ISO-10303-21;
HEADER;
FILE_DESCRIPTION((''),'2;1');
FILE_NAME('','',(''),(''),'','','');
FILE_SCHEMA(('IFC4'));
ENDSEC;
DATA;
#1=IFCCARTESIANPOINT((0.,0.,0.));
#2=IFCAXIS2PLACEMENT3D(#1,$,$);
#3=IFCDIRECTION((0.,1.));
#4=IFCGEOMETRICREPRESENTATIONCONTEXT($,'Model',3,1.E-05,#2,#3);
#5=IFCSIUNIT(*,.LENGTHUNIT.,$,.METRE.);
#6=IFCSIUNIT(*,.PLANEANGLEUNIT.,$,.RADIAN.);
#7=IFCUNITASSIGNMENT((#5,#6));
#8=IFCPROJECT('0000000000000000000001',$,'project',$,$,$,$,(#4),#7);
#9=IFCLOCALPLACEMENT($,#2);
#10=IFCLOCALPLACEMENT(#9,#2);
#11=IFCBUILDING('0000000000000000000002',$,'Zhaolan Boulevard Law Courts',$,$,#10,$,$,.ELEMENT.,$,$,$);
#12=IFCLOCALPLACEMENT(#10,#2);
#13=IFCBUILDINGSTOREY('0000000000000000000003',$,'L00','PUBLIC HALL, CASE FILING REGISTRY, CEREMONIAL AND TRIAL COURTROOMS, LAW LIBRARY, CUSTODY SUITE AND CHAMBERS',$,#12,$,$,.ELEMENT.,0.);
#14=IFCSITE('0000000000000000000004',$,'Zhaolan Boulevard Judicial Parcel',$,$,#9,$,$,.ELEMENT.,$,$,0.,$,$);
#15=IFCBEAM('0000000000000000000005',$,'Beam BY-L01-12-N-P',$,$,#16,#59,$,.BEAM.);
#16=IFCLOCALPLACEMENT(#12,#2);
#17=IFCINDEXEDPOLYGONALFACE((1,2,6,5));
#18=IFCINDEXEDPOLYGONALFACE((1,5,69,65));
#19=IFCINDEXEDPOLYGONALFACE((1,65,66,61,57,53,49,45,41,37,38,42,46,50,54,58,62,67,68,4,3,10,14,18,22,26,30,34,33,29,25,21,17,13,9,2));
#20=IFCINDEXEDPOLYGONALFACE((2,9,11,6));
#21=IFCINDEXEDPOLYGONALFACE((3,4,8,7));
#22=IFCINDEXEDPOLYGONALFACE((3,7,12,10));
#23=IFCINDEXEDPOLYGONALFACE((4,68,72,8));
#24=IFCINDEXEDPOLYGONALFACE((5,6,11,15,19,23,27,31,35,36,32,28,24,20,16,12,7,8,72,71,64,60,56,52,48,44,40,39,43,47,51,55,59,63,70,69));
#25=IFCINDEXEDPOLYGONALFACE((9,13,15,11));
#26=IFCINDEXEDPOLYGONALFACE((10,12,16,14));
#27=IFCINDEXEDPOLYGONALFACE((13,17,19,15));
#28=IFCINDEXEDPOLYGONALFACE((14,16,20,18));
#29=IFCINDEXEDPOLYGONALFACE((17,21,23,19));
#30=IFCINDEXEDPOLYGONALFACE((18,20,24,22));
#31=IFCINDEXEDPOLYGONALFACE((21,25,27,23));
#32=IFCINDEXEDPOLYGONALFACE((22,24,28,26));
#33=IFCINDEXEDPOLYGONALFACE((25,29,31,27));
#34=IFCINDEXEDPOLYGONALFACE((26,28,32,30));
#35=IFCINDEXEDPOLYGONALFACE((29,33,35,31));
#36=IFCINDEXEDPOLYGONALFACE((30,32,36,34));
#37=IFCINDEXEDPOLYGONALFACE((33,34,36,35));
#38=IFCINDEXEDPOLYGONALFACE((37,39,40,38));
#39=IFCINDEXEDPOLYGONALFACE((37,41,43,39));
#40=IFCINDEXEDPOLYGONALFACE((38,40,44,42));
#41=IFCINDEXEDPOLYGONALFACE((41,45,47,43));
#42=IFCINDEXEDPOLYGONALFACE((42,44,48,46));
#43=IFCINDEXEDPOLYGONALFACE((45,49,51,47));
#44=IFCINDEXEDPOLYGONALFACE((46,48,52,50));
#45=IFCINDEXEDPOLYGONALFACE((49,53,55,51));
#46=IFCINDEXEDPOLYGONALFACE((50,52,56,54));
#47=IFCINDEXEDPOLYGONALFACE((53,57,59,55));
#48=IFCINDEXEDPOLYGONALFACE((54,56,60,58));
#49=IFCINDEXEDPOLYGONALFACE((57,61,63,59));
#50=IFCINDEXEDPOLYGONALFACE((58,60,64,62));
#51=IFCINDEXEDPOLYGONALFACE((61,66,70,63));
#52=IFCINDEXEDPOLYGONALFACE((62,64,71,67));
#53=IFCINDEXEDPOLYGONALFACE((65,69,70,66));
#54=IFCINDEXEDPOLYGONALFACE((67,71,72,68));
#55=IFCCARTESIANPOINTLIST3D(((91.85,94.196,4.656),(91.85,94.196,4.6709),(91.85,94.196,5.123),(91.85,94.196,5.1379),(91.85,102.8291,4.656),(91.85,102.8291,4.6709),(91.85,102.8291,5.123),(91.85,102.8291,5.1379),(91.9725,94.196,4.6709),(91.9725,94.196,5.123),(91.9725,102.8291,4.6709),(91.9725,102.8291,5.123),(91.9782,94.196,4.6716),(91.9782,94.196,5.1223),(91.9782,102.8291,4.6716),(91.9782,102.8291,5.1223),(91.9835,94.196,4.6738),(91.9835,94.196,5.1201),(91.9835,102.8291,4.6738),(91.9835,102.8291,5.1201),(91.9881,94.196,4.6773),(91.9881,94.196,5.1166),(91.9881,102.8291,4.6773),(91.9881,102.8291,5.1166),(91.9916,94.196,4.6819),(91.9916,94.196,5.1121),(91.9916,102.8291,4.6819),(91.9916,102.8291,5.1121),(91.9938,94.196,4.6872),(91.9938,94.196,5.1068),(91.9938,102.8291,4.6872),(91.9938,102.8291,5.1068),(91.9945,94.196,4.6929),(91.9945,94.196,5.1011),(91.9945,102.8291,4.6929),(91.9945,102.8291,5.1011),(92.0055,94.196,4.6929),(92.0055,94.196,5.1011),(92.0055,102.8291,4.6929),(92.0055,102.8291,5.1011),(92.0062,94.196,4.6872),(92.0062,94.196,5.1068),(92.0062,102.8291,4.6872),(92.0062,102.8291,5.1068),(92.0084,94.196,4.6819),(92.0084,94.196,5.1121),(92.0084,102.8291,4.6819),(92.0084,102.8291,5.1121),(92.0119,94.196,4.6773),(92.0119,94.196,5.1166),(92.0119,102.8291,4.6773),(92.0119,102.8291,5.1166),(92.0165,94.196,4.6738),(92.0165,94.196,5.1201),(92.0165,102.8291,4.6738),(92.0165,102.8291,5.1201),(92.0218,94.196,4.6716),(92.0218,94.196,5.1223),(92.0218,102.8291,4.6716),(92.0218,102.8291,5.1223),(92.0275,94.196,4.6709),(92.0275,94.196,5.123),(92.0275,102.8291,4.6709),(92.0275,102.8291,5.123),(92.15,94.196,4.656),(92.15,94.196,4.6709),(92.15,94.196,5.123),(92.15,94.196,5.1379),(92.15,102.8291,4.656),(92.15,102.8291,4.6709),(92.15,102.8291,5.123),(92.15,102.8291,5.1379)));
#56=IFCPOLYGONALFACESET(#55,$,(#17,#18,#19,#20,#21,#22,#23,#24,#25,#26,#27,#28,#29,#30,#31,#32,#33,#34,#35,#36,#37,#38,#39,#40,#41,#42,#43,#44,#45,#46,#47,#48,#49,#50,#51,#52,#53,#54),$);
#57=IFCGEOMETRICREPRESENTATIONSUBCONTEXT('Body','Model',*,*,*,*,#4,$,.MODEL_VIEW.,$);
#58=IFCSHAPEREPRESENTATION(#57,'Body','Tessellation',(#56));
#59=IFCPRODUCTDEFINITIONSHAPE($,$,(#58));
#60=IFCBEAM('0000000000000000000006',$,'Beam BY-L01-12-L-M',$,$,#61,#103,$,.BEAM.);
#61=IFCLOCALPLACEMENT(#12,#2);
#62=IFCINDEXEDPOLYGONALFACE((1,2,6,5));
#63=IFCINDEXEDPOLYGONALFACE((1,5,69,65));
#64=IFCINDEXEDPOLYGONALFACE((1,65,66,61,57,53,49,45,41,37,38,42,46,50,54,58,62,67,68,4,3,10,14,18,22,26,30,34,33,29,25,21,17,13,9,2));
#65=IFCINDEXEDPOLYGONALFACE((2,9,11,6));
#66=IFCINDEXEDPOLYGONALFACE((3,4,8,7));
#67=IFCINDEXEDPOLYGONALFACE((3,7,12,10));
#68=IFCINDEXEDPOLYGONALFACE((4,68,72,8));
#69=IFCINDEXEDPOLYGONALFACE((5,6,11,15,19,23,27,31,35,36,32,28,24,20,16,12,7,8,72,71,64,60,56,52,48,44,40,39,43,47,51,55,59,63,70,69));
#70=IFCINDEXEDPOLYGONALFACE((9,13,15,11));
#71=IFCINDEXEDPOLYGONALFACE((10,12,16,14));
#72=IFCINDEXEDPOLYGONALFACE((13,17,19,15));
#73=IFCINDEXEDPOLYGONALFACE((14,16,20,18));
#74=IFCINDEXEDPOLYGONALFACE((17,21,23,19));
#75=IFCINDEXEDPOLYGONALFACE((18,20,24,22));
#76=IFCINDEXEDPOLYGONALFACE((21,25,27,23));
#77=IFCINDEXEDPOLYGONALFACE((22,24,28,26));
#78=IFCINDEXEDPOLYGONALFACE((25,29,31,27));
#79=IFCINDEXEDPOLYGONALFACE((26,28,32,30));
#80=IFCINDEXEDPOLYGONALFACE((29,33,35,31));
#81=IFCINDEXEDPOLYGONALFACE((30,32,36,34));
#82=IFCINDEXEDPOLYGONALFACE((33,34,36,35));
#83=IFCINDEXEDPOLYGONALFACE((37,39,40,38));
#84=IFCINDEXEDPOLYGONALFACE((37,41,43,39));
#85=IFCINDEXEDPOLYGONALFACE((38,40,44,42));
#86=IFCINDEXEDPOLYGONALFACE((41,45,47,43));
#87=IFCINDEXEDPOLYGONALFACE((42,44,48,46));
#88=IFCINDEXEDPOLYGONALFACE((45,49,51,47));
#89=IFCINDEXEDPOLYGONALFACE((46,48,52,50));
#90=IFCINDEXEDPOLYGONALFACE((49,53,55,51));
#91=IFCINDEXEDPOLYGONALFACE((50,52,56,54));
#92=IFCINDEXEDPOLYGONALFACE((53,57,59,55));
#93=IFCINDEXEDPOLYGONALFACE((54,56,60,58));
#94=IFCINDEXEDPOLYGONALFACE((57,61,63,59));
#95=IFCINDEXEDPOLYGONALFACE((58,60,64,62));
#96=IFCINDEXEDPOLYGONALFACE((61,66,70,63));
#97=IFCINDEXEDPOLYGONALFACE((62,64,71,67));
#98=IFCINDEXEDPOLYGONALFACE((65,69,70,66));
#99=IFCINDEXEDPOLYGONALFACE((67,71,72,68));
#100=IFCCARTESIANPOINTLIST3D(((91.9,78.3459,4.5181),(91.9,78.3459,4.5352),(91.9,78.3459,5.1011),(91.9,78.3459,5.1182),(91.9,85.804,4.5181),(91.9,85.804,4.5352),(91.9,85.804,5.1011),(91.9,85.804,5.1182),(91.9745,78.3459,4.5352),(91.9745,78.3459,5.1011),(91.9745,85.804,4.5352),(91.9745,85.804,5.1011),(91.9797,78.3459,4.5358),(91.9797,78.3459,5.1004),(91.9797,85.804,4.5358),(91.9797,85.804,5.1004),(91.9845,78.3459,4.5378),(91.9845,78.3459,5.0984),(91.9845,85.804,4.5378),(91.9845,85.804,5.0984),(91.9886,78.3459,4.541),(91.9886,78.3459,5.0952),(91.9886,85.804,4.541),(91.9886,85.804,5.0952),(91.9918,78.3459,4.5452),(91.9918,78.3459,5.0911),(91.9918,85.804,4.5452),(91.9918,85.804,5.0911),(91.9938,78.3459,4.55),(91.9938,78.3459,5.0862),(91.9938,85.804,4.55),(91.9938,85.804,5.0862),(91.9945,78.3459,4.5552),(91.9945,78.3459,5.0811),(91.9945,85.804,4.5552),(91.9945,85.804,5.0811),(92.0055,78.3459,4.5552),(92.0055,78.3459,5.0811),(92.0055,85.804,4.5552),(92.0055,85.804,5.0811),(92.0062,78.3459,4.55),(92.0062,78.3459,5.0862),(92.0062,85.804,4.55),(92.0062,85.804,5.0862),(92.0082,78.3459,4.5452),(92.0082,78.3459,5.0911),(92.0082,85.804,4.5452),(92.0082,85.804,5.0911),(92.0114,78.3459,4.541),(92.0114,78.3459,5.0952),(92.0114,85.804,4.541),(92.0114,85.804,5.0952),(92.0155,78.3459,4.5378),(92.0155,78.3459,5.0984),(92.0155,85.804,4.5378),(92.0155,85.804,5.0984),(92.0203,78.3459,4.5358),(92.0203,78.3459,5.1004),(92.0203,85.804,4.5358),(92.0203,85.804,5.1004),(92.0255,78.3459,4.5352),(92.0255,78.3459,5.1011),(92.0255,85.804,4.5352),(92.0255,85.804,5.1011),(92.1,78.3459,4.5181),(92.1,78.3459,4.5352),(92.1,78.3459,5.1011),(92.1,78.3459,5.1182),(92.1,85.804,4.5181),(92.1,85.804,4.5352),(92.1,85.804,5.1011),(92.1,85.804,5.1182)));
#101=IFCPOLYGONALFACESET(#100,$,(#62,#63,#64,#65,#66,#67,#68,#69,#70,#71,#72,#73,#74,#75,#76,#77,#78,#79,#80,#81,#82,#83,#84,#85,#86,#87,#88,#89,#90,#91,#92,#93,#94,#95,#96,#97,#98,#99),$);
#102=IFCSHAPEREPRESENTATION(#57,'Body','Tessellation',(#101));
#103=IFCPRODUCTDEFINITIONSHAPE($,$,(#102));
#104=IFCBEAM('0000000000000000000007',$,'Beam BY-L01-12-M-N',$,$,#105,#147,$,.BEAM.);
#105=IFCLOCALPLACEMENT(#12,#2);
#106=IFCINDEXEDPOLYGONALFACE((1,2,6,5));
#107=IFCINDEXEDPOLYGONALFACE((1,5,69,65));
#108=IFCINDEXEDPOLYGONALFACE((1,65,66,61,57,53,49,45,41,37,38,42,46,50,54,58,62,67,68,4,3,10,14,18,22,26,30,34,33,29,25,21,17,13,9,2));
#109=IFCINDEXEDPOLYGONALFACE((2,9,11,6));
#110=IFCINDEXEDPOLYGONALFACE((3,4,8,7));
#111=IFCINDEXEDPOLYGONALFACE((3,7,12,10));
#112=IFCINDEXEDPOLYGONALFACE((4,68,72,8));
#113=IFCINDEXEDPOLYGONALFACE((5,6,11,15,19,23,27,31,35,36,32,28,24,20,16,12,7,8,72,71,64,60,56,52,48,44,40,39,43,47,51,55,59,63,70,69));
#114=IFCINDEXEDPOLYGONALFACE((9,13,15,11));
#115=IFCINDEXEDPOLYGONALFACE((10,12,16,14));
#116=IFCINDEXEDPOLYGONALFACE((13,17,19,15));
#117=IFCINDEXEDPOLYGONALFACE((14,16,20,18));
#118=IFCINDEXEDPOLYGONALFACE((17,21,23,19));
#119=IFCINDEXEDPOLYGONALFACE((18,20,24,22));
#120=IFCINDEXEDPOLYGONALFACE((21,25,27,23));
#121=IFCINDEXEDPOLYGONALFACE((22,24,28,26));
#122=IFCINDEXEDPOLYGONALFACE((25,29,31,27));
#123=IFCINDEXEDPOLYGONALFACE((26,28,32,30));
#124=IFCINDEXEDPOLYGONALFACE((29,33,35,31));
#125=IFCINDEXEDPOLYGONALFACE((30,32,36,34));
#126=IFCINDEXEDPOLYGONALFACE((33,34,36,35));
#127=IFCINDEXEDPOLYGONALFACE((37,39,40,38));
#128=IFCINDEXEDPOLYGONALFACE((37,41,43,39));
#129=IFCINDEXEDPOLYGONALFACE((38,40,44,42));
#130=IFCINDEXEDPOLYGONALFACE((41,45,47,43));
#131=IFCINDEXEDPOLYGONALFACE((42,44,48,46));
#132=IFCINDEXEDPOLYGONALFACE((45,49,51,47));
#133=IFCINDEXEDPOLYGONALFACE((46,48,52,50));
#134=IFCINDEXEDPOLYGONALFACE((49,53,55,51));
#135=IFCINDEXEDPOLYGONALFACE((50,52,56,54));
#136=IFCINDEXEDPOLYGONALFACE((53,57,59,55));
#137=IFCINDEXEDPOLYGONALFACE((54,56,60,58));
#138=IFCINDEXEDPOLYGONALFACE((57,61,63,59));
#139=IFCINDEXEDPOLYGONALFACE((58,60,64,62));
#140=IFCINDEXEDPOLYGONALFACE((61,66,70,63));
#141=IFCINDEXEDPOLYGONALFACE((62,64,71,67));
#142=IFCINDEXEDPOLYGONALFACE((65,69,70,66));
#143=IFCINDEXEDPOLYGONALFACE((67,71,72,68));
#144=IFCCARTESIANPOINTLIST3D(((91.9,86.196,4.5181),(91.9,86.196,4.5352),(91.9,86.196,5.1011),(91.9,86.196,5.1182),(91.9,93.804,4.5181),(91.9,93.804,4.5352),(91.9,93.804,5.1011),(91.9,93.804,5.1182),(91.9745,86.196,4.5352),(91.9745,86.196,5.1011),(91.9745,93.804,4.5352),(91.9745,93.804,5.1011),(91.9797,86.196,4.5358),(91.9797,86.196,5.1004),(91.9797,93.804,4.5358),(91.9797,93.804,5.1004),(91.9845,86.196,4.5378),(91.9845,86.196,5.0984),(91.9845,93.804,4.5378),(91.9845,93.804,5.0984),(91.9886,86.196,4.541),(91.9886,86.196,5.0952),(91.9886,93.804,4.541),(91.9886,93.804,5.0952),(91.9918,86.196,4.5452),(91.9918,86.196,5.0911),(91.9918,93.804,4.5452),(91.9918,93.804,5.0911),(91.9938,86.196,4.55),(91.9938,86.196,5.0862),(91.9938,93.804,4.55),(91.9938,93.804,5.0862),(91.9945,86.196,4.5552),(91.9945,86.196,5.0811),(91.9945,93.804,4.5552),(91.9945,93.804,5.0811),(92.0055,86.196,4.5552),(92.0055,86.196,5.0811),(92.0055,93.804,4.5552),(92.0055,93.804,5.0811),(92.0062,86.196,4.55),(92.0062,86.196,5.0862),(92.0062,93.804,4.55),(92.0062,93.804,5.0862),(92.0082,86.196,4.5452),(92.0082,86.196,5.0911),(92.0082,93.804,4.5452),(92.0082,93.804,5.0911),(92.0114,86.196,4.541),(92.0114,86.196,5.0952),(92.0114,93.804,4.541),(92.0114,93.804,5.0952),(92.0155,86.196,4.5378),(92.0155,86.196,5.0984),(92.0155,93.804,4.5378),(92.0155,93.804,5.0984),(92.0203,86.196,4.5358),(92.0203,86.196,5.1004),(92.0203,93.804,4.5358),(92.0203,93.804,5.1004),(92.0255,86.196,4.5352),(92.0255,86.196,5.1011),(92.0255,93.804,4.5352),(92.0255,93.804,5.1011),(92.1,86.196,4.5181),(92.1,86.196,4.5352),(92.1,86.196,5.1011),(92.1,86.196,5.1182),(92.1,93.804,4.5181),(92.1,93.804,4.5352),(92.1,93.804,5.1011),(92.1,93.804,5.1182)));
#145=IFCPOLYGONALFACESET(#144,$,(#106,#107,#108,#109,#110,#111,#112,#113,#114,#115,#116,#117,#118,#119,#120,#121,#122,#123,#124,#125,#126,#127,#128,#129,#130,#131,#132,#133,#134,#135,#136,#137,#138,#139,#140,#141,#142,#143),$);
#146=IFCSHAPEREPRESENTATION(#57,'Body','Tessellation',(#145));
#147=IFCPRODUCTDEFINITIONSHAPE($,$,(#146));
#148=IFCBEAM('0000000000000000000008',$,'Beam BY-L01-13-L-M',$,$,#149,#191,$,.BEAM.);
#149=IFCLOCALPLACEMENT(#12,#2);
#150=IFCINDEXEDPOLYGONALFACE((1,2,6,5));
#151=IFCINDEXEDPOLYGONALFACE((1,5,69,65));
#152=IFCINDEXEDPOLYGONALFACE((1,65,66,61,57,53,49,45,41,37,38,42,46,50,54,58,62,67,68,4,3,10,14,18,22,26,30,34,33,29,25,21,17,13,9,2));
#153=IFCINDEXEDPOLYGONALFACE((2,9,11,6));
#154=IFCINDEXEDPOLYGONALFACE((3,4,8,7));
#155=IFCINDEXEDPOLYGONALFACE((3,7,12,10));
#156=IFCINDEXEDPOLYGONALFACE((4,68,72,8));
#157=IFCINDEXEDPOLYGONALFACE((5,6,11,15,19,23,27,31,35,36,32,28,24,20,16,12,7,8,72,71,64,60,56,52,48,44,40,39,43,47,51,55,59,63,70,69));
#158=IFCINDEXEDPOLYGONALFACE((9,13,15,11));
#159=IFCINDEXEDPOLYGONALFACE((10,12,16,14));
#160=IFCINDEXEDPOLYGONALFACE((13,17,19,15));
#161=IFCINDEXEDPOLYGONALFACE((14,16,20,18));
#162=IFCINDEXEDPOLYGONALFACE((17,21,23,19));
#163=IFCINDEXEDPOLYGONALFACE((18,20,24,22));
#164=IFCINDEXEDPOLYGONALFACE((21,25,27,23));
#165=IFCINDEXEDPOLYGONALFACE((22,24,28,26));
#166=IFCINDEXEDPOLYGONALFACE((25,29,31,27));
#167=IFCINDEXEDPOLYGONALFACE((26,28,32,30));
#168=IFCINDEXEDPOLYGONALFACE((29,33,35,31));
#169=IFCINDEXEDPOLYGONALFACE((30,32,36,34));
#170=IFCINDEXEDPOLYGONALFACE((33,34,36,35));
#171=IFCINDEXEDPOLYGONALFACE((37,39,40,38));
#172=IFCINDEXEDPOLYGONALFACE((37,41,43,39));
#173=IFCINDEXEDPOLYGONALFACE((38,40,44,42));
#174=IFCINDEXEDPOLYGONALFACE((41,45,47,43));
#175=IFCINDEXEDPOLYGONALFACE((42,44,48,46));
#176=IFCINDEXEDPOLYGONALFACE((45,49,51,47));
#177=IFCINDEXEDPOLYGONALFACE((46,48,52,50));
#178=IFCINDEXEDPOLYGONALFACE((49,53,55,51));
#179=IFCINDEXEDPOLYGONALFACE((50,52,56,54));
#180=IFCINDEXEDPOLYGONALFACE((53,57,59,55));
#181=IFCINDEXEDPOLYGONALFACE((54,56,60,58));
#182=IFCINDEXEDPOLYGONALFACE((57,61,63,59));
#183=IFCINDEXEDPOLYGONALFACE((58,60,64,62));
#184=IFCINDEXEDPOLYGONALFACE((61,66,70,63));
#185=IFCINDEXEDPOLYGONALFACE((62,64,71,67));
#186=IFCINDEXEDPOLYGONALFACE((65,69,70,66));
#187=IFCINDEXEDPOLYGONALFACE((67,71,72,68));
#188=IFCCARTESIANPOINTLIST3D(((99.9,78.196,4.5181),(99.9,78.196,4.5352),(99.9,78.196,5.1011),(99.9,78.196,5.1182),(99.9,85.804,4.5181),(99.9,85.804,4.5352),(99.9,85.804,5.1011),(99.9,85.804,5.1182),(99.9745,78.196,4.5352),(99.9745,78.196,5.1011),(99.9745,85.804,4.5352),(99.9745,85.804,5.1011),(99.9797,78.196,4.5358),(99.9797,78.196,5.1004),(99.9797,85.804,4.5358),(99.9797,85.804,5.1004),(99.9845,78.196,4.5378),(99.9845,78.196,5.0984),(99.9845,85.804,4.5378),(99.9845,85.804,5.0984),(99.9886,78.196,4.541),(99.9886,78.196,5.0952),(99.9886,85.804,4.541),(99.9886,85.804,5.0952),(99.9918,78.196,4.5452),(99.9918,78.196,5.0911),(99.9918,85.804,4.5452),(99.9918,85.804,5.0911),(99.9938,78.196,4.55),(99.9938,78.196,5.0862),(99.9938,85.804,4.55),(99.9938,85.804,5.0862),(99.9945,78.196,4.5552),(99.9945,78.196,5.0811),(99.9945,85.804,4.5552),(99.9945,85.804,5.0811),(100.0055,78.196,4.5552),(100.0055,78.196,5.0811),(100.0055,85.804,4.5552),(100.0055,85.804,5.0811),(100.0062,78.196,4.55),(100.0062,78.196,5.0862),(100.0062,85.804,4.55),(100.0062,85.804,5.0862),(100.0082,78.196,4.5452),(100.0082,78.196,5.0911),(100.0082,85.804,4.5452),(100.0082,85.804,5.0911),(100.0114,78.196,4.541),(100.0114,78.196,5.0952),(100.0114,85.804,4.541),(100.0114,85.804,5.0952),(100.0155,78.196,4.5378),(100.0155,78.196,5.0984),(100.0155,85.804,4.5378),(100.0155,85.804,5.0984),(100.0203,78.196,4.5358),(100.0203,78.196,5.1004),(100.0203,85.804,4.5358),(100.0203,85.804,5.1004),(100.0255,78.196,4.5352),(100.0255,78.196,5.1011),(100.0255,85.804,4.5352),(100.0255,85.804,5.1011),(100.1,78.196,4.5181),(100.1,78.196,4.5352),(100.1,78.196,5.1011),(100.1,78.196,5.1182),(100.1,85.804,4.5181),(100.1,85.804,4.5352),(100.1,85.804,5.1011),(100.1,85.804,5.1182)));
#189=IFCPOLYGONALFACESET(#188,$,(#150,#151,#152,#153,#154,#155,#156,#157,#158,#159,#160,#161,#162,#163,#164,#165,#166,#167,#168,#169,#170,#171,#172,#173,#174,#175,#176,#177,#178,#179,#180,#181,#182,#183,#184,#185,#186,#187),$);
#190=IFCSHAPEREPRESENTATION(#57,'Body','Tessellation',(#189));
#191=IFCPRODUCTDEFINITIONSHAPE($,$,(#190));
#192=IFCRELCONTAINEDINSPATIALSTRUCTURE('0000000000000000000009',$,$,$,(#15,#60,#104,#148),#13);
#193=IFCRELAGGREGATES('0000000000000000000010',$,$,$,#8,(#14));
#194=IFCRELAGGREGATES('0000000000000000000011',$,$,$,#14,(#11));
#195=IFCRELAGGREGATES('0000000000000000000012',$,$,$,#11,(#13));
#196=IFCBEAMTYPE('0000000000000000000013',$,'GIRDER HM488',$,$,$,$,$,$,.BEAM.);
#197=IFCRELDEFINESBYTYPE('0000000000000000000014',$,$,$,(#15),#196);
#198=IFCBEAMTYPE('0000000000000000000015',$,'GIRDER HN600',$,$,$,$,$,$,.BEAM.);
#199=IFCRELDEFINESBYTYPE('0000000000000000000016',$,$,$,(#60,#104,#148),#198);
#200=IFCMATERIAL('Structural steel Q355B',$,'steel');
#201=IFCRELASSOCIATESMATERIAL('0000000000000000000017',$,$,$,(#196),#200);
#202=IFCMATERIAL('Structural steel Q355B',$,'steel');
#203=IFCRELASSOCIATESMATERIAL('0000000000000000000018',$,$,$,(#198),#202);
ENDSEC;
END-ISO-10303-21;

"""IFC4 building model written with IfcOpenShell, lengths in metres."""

from ifc_helpers import new_model, si_unit, direction, frame, origin, origin_2d, place, context, subcontext, project, spatial, i_section, extrude, material, material_profile, profile_set, type_object, element, save


model = new_model("IFC4")

# Units and contexts
model_context = context("Model", 3, precision=1e-05, world=origin(), true_north=direction((0.0, 1.0)))
body_context = subcontext(model_context, "Body", "Model", "MODEL_VIEW")
ifc_project = project(units=[si_unit("LENGTHUNIT", "METRE"), si_unit("PLANEANGLEUNIT", "RADIAN")], contexts=[model_context])

# Site, building, storey
site_placement = place(None, origin())
site = spatial("IfcSite", under=ifc_project, at=site_placement, Name="Zhaolan Boulevard Judicial Parcel", CompositionType="ELEMENT", RefElevation=0.0)
building_placement = place(site_placement, origin())
building = spatial("IfcBuilding", under=site, at=building_placement, Name="Zhaolan Boulevard Law Courts", CompositionType="ELEMENT")
storey_placement = place(building_placement, origin())
storey = spatial("IfcBuildingStorey", under=building, at=storey_placement, Name="L00", Description="PUBLIC HALL, CASE FILING REGISTRY, CEREMONIAL AND TRIAL COURTROOMS, LAW LIBRARY, CUSTODY SUITE AND CHAMBERS", CompositionType="ELEMENT", Elevation=0.0)

# Beams
ifc_material_1 = material(Name="Structural steel Q355B", Category="steel")
ifc_material_profile_1 = material_profile(ifc_material_1, i_section(OverallWidth=0.3, OverallDepth=0.4819, WebThickness=0.011, FlangeThickness=0.0149, FilletRadius=0.022, at=origin_2d()), Name="HM482x300")
ifc_profile_set_1 = profile_set([ifc_material_profile_1], Name="Structural steel Q355B")
beam_type_1 = type_object("IfcBeamType", Name="GIRDER HM488", PredefinedType="BEAM", material=ifc_profile_set_1)
beam_1_placement = place(storey_placement, frame((92.0, 94.196, 4.897), z_axis=(0.0, 1.0, 0.0), x_axis=(-1.0, 0.0, 0.0)))
element("IfcBeam", 1, at=beam_1_placement, inside=storey, type_object=beam_type_1, Name="Beam BY-L01-12-N-P", PredefinedType="BEAM", context=body_context, shape_type="SweptSolid", body=[
    extrude(i_section(OverallWidth=0.3, OverallDepth=0.4819, WebThickness=0.011, FlangeThickness=0.0149, FilletRadius=0.022, at=origin_2d()), origin(), (0.0, 0.0, 1.0), 8.6331),
])
ifc_material_2 = material(Name="Structural steel Q355B", Category="steel")
ifc_material_profile_2 = material_profile(ifc_material_2, i_section(OverallWidth=0.2, OverallDepth=0.6001, WebThickness=0.011, FlangeThickness=0.0171, FilletRadius=0.02, at=origin_2d()), Name="HN600x200")
ifc_profile_set_2 = profile_set([ifc_material_profile_2], Name="Structural steel Q355B")
beam_type_2 = type_object("IfcBeamType", Name="GIRDER HN600", PredefinedType="BEAM", material=ifc_profile_set_2)
beam_2_placement = place(storey_placement, frame((92.0, 78.3459, 4.8181), z_axis=(0.0, 1.0, 0.0), x_axis=(-1.0, 0.0, 0.0)))
element("IfcBeam", 2, at=beam_2_placement, inside=storey, type_object=beam_type_2, Name="Beam BY-L01-12-L-M", PredefinedType="BEAM", context=body_context, shape_type="SweptSolid", body=[
    extrude(i_section(OverallWidth=0.2, OverallDepth=0.6001, WebThickness=0.011, FlangeThickness=0.0171, FilletRadius=0.02, at=origin_2d()), origin(), (0.0, 0.0, 1.0), 7.458),
])
for number, where, z_axis, x_axis, name in (
    (3, (92.0, 86.196, 4.8181), (0.0, 1.0, 0.0), (-1.0, 0.0, 0.0), "Beam BY-L01-12-M-N"),
    (4, (100.0, 78.196, 4.8181), (0.0, 1.0, 0.0), (-1.0, 0.0, 0.0), "Beam BY-L01-13-L-M"),
):
    element("IfcBeam", number, at=place(storey_placement, frame(where, z_axis=z_axis, x_axis=x_axis)), inside=storey, type_object=beam_type_2, Name=name, PredefinedType="BEAM", context=body_context, shape_type="SweptSolid", body=[
        extrude(i_section(OverallWidth=0.2, OverallDepth=0.6001, WebThickness=0.011, FlangeThickness=0.0171, FilletRadius=0.02, at=origin_2d()), origin(), (0.0, 0.0, 1.0), 7.6079),
    ])

save(model, "model.ifc")
